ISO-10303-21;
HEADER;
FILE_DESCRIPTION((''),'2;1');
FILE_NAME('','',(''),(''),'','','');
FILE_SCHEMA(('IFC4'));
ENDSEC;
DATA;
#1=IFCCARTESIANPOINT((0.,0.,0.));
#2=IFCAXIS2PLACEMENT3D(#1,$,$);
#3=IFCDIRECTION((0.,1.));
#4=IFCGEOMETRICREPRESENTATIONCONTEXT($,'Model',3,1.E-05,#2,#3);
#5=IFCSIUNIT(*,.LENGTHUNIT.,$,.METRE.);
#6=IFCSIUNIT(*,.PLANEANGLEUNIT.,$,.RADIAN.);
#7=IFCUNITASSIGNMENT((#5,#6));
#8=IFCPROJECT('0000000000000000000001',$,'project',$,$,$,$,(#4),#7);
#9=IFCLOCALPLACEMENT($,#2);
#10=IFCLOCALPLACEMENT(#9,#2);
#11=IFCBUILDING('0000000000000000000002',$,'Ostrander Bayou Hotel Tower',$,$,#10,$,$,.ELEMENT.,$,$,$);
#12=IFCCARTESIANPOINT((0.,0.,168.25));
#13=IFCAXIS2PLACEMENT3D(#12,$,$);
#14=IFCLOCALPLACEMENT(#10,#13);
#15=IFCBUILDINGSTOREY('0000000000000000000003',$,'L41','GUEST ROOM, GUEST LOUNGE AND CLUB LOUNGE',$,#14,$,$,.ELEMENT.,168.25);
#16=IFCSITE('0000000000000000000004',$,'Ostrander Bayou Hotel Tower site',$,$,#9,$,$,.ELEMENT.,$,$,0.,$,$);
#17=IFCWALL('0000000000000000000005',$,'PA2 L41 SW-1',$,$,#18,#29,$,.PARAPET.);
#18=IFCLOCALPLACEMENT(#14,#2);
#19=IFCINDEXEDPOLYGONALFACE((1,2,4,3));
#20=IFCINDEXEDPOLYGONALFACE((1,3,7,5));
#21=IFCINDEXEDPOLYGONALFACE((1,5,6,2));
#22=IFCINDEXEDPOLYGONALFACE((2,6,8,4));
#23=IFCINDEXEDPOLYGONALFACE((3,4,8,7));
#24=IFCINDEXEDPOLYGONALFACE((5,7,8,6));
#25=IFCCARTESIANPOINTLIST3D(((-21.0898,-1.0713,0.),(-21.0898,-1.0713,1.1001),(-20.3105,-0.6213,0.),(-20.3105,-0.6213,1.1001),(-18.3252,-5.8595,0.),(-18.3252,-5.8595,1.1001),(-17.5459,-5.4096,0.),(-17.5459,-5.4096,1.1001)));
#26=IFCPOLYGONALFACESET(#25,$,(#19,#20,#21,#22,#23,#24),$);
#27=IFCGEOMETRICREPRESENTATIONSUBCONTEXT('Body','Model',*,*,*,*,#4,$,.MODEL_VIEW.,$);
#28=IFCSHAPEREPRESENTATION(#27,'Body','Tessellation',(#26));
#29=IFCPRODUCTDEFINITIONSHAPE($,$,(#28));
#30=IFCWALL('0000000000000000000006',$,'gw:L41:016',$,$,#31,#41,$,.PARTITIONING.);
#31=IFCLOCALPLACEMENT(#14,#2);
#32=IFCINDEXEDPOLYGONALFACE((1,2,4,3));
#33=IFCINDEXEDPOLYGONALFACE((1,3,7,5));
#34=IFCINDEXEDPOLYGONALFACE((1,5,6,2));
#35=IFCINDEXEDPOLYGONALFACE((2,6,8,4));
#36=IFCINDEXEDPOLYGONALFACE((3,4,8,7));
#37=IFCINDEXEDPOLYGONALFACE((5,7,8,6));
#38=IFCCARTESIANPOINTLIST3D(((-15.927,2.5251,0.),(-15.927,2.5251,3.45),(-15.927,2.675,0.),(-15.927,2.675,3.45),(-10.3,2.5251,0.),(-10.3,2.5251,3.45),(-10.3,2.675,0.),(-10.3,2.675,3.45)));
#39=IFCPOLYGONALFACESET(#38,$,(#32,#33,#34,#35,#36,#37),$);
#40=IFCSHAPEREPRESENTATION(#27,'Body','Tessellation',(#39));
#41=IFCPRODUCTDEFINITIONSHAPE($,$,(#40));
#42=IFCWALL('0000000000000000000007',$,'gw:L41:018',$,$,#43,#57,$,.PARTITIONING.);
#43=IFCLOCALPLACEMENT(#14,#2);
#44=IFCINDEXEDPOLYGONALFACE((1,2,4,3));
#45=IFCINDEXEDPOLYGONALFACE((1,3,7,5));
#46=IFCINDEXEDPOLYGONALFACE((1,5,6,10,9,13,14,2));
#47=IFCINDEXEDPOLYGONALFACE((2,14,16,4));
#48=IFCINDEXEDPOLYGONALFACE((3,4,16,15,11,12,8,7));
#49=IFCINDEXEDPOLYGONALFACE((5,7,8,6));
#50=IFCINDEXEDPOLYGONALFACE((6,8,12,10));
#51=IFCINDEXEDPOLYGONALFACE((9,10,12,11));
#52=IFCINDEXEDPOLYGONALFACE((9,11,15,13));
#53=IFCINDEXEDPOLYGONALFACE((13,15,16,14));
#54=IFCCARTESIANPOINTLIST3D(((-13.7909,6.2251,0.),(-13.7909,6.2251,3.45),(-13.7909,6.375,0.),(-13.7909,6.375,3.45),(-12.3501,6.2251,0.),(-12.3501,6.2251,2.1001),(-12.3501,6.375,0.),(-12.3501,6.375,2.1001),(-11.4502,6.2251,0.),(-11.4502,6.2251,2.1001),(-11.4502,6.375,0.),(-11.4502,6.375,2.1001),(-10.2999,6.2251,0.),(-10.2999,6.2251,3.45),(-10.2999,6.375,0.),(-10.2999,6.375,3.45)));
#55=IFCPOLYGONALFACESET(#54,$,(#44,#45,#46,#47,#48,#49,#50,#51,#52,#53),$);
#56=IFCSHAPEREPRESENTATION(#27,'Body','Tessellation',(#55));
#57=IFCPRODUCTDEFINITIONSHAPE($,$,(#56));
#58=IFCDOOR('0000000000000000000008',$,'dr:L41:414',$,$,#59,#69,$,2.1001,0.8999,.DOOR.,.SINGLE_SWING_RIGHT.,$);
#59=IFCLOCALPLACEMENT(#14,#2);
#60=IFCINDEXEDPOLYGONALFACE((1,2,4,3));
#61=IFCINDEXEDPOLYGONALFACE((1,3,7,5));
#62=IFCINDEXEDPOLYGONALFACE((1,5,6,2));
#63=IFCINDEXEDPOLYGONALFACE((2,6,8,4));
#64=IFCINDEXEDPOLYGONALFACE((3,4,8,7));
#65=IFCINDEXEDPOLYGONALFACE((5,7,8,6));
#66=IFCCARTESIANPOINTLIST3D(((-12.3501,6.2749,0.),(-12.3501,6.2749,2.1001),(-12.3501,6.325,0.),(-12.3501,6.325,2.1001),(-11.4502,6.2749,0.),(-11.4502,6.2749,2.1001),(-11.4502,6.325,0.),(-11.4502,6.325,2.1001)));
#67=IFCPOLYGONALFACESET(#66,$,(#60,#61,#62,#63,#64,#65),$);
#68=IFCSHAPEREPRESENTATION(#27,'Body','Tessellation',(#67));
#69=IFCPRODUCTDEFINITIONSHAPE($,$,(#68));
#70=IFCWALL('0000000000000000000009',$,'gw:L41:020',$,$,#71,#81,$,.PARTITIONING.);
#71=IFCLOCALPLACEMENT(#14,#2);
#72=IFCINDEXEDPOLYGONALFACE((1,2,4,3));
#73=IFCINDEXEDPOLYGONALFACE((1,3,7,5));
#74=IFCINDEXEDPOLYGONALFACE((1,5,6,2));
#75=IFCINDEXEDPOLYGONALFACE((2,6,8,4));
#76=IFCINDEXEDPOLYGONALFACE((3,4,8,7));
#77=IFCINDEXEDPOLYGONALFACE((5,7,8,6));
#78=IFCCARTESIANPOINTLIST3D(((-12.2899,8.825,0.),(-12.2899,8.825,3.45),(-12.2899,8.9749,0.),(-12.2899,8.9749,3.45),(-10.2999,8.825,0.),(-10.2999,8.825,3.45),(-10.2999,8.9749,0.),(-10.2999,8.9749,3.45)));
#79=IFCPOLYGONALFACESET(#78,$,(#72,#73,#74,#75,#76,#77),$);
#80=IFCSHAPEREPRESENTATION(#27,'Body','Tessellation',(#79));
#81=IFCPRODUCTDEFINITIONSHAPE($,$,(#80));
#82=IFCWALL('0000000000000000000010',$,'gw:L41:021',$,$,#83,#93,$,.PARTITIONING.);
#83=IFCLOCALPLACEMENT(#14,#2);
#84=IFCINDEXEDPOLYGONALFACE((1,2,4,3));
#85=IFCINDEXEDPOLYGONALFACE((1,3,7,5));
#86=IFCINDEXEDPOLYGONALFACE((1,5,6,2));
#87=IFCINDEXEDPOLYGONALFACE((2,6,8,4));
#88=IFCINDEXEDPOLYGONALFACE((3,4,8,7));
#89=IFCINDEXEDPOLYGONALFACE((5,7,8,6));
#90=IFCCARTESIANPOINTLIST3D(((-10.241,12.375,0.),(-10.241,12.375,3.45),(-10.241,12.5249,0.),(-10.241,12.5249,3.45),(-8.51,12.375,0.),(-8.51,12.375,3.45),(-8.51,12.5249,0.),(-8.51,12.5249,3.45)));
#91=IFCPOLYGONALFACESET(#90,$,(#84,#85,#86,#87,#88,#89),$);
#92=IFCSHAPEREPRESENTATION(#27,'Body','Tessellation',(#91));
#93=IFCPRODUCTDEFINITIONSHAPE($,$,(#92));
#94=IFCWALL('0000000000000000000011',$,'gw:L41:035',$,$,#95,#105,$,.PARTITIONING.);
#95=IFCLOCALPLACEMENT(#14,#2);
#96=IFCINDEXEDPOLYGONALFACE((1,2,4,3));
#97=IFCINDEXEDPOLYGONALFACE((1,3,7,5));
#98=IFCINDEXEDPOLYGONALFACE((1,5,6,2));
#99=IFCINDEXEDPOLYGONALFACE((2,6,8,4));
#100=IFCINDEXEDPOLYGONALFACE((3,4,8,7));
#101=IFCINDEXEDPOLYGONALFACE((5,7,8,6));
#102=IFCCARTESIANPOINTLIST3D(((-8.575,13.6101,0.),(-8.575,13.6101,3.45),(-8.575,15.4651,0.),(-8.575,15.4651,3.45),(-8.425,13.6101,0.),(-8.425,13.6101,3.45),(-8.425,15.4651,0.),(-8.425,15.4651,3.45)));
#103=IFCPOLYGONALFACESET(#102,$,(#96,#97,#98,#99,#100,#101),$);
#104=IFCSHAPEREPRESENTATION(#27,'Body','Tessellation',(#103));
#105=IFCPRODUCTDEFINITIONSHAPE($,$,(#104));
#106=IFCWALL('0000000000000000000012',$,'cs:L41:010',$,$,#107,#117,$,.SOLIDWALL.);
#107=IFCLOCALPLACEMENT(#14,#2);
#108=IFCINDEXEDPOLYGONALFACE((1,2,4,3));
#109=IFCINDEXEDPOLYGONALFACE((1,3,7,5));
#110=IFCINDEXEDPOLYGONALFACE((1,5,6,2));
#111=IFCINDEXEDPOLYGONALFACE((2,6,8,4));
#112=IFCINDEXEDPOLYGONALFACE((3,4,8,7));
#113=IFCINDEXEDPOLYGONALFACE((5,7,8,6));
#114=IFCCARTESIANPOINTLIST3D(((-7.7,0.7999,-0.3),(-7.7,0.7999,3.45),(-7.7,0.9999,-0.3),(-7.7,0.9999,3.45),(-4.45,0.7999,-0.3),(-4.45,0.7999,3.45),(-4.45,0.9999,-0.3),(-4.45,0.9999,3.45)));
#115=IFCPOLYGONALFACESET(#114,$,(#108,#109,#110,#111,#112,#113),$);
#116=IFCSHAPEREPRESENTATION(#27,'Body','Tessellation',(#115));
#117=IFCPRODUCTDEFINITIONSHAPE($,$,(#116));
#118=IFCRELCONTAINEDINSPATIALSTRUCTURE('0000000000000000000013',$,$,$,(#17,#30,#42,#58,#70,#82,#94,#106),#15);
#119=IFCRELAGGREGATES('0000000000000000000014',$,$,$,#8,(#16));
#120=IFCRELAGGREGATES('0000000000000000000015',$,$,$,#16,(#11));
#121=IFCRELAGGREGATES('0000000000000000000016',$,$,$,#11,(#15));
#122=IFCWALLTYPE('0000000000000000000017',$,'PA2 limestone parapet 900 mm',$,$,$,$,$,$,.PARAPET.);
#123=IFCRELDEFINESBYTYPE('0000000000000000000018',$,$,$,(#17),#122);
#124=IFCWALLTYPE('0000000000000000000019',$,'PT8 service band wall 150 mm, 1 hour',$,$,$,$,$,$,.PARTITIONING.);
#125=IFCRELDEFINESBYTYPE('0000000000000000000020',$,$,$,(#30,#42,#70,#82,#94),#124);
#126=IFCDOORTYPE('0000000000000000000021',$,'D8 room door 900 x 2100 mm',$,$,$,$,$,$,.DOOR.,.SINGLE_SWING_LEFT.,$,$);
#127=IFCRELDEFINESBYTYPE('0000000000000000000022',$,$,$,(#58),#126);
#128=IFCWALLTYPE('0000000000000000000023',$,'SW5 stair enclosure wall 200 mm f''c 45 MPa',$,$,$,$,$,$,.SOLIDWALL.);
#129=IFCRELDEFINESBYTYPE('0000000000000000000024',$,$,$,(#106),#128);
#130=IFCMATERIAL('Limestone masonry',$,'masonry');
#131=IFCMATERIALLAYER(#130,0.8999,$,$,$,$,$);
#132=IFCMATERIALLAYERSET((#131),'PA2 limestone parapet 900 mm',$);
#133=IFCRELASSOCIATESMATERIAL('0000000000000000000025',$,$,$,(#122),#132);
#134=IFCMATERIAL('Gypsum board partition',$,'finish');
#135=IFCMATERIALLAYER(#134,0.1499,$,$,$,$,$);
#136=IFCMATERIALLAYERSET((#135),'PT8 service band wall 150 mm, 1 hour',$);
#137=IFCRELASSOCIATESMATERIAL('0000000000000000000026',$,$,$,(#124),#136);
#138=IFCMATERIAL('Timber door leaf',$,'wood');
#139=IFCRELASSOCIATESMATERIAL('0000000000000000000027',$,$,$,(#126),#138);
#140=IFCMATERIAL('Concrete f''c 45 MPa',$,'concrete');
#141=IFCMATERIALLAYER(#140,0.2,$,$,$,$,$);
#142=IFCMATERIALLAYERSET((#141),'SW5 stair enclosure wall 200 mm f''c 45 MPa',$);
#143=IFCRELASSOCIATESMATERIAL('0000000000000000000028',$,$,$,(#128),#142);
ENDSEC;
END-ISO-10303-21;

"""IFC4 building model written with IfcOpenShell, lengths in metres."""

from ifc_helpers import new_model, si_unit, direction, frame, frame_2d, origin, place, context, subcontext, project, spatial, rectangle, extrude, material, layer, layer_set, type_object, element, fill, save


model = new_model("IFC4")

# Units and contexts
model_context = context("Model", 3, precision=1e-05, world=origin(), true_north=direction((0.0, 1.0)))
body_context = subcontext(model_context, "Body", "Model", "MODEL_VIEW")
ifc_project = project(units=[si_unit("LENGTHUNIT", "METRE"), si_unit("PLANEANGLEUNIT", "RADIAN")], contexts=[model_context])

# Site, building, storey
site_placement = place(None, origin())
site = spatial("IfcSite", under=ifc_project, at=site_placement, Name="Ostrander Bayou Hotel Tower site", CompositionType="ELEMENT", RefElevation=0.0)
building_placement = place(site_placement, origin())
building = spatial("IfcBuilding", under=site, at=building_placement, Name="Ostrander Bayou Hotel Tower", CompositionType="ELEMENT")
storey_placement = place(building_placement, frame((0.0, 0.0, 168.25)))
storey = spatial("IfcBuildingStorey", under=building, at=storey_placement, Name="L41", Description="GUEST ROOM, GUEST LOUNGE AND CLUB LOUNGE", CompositionType="ELEMENT", Elevation=168.25)

# Wall
ifc_material_1 = material(Name="Limestone masonry", Category="masonry")
ifc_layer_1 = layer(ifc_material_1, 0.8999)
ifc_layer_set_1 = layer_set([ifc_layer_1], Name="PA2 limestone parapet 900 mm")
wall_type_1 = type_object("IfcWallType", Name="PA2 limestone parapet 900 mm", PredefinedType="PARAPET", material=ifc_layer_set_1)
wall_1_placement = place(storey_placement, frame((-20.7002, -0.8462, 0.0), z_axis=(0.0, 0.0, 1.0), x_axis=(0.500014, -0.866017, 0.0)))
element("IfcWall", 1, at=wall_1_placement, inside=storey, type_object=wall_type_1, Name="PA2 L41 SW-1", PredefinedType="PARAPET", context=body_context, shape_type="SweptSolid", body=[
    extrude(rectangle(XDim=5.5291, YDim=0.8999, at=frame_2d((2.7646, 0.0))), origin(), (0.0, 0.0, 1.0), 1.1001),
])

# Wall
ifc_material_2 = material(Name="Gypsum board partition", Category="finish")
ifc_layer_2 = layer(ifc_material_2, 0.1499)
ifc_layer_set_2 = layer_set([ifc_layer_2], Name="PT8 service band wall 150 mm, 1 hour")
wall_type_2 = type_object("IfcWallType", Name="PT8 service band wall 150 mm, 1 hour", PredefinedType="PARTITIONING", material=ifc_layer_set_2)
wall_2_placement = place(storey_placement, frame((-15.927, 2.6001, 0.0), z_axis=(0.0, 0.0, 1.0), x_axis=(1.0, 0.0, 0.0)))
element("IfcWall", 2, at=wall_2_placement, inside=storey, type_object=wall_type_2, Name="gw:L41:016", PredefinedType="PARTITIONING", context=body_context, shape_type="SweptSolid", body=[
    extrude(rectangle(XDim=5.627, YDim=0.1499, at=frame_2d((2.8135, 0.0))), origin(), (0.0, 0.0, 1.0), 3.45),
])

# Wall, opening, door
wall_3_placement = place(storey_placement, frame((-13.791, 6.3, 0.0), z_axis=(0.0, 0.0, 1.0), x_axis=(1.0, 0.0, 0.0)))
wall_3 = element("IfcWall", 3, at=wall_3_placement, inside=storey, type_object=wall_type_2, Name="gw:L41:018", PredefinedType="PARTITIONING", context=body_context, shape_type="SweptSolid", body=[
    extrude(rectangle(XDim=3.491, YDim=0.1499, at=frame_2d((1.7456, 0.0))), origin(), (0.0, 0.0, 1.0), 3.45),
])
opening_1_placement = place(wall_3_placement, frame((1.4409, 0.0, 0.0)))
opening_1 = element("IfcOpeningElement", 4, at=opening_1_placement, cuts=wall_3, PredefinedType="OPENING", context=body_context, shape_type="SweptSolid", body=[
    extrude(rectangle(XDim=0.8999, YDim=2.1001, at=frame_2d((0.45, 1.05))), frame((0.0, 0.075, 0.0), z_axis=(0.0, -1.0, 0.0), x_axis=(1.0, 0.0, 0.0)), (0.0, 0.0, 1.0), 0.1499),
])
ifc_material_3 = material(Name="Timber door leaf", Category="wood")
door_type_1 = type_object("IfcDoorType", Name="D8 room door 900 x 2100 mm", OperationType="SINGLE_SWING_LEFT", PredefinedType="DOOR", material=ifc_material_3)
door_1_placement = place(opening_1_placement, origin())
door_1 = element("IfcDoor", 5, at=door_1_placement, inside=storey, type_object=door_type_1, Name="dr:L41:414", OperationType="SINGLE_SWING_RIGHT", OverallHeight=2.1001, OverallWidth=0.8999, PredefinedType="DOOR", context=body_context, shape_type="SweptSolid", body=[
    extrude(rectangle(XDim=0.8999, YDim=2.1001, at=frame_2d((0.45, 1.05))), frame((0.0, 0.0249, 0.0), z_axis=(0.0, -1.0, 0.0), x_axis=(1.0, 0.0, 0.0)), (0.0, 0.0, 1.0), 0.05),
])
fill(opening_1, door_1)

# Walls
wall_4_placement = place(storey_placement, frame((-12.29, 8.8999, 0.0), z_axis=(0.0, 0.0, 1.0), x_axis=(1.0, 0.0, 0.0)))
element("IfcWall", 6, at=wall_4_placement, inside=storey, type_object=wall_type_2, Name="gw:L41:020", PredefinedType="PARTITIONING", context=body_context, shape_type="SweptSolid", body=[
    extrude(rectangle(XDim=1.99, YDim=0.1499, at=frame_2d((0.9951, 0.0))), origin(), (0.0, 0.0, 1.0), 3.45),
])
wall_5_placement = place(storey_placement, frame((-10.241, 12.45, 0.0), z_axis=(0.0, 0.0, 1.0), x_axis=(1.0, 0.0, 0.0)))
element("IfcWall", 7, at=wall_5_placement, inside=storey, type_object=wall_type_2, Name="gw:L41:021", PredefinedType="PARTITIONING", context=body_context, shape_type="SweptSolid", body=[
    extrude(rectangle(XDim=1.731, YDim=0.1499, at=frame_2d((0.8655, 0.0))), origin(), (0.0, 0.0, 1.0), 3.45),
])
wall_6_placement = place(storey_placement, frame((-8.5, 13.6101, 0.0), z_axis=(0.0, 0.0, 1.0), x_axis=(0.0, 1.0, 0.0)))
element("IfcWall", 8, at=wall_6_placement, inside=storey, type_object=wall_type_2, Name="gw:L41:035", PredefinedType="PARTITIONING", context=body_context, shape_type="SweptSolid", body=[
    extrude(rectangle(XDim=1.855, YDim=0.1499, at=frame_2d((0.9275, 0.0))), origin(), (0.0, 0.0, 1.0), 3.45),
])
ifc_material_4 = material(Name="Concrete f'c 45 MPa", Category="concrete")
ifc_layer_3 = layer(ifc_material_4, 0.2)
ifc_layer_set_3 = layer_set([ifc_layer_3], Name="SW5 stair enclosure wall 200 mm f'c 45 MPa")
wall_type_3 = type_object("IfcWallType", Name="SW5 stair enclosure wall 200 mm f'c 45 MPa", PredefinedType="SOLIDWALL", material=ifc_layer_set_3)
wall_7_placement = place(storey_placement, frame((-7.7, 0.8999, -0.3), z_axis=(0.0, 0.0, 1.0), x_axis=(1.0, 0.0, 0.0)))
element("IfcWall", 9, at=wall_7_placement, inside=storey, type_object=wall_type_3, Name="cs:L41:010", PredefinedType="SOLIDWALL", context=body_context, shape_type="SweptSolid", body=[
    extrude(rectangle(XDim=3.25, YDim=0.2, at=frame_2d((1.625, 0.0))), origin(), (0.0, 0.0, 1.0), 3.75),
])

save(model, "model.ifc")
